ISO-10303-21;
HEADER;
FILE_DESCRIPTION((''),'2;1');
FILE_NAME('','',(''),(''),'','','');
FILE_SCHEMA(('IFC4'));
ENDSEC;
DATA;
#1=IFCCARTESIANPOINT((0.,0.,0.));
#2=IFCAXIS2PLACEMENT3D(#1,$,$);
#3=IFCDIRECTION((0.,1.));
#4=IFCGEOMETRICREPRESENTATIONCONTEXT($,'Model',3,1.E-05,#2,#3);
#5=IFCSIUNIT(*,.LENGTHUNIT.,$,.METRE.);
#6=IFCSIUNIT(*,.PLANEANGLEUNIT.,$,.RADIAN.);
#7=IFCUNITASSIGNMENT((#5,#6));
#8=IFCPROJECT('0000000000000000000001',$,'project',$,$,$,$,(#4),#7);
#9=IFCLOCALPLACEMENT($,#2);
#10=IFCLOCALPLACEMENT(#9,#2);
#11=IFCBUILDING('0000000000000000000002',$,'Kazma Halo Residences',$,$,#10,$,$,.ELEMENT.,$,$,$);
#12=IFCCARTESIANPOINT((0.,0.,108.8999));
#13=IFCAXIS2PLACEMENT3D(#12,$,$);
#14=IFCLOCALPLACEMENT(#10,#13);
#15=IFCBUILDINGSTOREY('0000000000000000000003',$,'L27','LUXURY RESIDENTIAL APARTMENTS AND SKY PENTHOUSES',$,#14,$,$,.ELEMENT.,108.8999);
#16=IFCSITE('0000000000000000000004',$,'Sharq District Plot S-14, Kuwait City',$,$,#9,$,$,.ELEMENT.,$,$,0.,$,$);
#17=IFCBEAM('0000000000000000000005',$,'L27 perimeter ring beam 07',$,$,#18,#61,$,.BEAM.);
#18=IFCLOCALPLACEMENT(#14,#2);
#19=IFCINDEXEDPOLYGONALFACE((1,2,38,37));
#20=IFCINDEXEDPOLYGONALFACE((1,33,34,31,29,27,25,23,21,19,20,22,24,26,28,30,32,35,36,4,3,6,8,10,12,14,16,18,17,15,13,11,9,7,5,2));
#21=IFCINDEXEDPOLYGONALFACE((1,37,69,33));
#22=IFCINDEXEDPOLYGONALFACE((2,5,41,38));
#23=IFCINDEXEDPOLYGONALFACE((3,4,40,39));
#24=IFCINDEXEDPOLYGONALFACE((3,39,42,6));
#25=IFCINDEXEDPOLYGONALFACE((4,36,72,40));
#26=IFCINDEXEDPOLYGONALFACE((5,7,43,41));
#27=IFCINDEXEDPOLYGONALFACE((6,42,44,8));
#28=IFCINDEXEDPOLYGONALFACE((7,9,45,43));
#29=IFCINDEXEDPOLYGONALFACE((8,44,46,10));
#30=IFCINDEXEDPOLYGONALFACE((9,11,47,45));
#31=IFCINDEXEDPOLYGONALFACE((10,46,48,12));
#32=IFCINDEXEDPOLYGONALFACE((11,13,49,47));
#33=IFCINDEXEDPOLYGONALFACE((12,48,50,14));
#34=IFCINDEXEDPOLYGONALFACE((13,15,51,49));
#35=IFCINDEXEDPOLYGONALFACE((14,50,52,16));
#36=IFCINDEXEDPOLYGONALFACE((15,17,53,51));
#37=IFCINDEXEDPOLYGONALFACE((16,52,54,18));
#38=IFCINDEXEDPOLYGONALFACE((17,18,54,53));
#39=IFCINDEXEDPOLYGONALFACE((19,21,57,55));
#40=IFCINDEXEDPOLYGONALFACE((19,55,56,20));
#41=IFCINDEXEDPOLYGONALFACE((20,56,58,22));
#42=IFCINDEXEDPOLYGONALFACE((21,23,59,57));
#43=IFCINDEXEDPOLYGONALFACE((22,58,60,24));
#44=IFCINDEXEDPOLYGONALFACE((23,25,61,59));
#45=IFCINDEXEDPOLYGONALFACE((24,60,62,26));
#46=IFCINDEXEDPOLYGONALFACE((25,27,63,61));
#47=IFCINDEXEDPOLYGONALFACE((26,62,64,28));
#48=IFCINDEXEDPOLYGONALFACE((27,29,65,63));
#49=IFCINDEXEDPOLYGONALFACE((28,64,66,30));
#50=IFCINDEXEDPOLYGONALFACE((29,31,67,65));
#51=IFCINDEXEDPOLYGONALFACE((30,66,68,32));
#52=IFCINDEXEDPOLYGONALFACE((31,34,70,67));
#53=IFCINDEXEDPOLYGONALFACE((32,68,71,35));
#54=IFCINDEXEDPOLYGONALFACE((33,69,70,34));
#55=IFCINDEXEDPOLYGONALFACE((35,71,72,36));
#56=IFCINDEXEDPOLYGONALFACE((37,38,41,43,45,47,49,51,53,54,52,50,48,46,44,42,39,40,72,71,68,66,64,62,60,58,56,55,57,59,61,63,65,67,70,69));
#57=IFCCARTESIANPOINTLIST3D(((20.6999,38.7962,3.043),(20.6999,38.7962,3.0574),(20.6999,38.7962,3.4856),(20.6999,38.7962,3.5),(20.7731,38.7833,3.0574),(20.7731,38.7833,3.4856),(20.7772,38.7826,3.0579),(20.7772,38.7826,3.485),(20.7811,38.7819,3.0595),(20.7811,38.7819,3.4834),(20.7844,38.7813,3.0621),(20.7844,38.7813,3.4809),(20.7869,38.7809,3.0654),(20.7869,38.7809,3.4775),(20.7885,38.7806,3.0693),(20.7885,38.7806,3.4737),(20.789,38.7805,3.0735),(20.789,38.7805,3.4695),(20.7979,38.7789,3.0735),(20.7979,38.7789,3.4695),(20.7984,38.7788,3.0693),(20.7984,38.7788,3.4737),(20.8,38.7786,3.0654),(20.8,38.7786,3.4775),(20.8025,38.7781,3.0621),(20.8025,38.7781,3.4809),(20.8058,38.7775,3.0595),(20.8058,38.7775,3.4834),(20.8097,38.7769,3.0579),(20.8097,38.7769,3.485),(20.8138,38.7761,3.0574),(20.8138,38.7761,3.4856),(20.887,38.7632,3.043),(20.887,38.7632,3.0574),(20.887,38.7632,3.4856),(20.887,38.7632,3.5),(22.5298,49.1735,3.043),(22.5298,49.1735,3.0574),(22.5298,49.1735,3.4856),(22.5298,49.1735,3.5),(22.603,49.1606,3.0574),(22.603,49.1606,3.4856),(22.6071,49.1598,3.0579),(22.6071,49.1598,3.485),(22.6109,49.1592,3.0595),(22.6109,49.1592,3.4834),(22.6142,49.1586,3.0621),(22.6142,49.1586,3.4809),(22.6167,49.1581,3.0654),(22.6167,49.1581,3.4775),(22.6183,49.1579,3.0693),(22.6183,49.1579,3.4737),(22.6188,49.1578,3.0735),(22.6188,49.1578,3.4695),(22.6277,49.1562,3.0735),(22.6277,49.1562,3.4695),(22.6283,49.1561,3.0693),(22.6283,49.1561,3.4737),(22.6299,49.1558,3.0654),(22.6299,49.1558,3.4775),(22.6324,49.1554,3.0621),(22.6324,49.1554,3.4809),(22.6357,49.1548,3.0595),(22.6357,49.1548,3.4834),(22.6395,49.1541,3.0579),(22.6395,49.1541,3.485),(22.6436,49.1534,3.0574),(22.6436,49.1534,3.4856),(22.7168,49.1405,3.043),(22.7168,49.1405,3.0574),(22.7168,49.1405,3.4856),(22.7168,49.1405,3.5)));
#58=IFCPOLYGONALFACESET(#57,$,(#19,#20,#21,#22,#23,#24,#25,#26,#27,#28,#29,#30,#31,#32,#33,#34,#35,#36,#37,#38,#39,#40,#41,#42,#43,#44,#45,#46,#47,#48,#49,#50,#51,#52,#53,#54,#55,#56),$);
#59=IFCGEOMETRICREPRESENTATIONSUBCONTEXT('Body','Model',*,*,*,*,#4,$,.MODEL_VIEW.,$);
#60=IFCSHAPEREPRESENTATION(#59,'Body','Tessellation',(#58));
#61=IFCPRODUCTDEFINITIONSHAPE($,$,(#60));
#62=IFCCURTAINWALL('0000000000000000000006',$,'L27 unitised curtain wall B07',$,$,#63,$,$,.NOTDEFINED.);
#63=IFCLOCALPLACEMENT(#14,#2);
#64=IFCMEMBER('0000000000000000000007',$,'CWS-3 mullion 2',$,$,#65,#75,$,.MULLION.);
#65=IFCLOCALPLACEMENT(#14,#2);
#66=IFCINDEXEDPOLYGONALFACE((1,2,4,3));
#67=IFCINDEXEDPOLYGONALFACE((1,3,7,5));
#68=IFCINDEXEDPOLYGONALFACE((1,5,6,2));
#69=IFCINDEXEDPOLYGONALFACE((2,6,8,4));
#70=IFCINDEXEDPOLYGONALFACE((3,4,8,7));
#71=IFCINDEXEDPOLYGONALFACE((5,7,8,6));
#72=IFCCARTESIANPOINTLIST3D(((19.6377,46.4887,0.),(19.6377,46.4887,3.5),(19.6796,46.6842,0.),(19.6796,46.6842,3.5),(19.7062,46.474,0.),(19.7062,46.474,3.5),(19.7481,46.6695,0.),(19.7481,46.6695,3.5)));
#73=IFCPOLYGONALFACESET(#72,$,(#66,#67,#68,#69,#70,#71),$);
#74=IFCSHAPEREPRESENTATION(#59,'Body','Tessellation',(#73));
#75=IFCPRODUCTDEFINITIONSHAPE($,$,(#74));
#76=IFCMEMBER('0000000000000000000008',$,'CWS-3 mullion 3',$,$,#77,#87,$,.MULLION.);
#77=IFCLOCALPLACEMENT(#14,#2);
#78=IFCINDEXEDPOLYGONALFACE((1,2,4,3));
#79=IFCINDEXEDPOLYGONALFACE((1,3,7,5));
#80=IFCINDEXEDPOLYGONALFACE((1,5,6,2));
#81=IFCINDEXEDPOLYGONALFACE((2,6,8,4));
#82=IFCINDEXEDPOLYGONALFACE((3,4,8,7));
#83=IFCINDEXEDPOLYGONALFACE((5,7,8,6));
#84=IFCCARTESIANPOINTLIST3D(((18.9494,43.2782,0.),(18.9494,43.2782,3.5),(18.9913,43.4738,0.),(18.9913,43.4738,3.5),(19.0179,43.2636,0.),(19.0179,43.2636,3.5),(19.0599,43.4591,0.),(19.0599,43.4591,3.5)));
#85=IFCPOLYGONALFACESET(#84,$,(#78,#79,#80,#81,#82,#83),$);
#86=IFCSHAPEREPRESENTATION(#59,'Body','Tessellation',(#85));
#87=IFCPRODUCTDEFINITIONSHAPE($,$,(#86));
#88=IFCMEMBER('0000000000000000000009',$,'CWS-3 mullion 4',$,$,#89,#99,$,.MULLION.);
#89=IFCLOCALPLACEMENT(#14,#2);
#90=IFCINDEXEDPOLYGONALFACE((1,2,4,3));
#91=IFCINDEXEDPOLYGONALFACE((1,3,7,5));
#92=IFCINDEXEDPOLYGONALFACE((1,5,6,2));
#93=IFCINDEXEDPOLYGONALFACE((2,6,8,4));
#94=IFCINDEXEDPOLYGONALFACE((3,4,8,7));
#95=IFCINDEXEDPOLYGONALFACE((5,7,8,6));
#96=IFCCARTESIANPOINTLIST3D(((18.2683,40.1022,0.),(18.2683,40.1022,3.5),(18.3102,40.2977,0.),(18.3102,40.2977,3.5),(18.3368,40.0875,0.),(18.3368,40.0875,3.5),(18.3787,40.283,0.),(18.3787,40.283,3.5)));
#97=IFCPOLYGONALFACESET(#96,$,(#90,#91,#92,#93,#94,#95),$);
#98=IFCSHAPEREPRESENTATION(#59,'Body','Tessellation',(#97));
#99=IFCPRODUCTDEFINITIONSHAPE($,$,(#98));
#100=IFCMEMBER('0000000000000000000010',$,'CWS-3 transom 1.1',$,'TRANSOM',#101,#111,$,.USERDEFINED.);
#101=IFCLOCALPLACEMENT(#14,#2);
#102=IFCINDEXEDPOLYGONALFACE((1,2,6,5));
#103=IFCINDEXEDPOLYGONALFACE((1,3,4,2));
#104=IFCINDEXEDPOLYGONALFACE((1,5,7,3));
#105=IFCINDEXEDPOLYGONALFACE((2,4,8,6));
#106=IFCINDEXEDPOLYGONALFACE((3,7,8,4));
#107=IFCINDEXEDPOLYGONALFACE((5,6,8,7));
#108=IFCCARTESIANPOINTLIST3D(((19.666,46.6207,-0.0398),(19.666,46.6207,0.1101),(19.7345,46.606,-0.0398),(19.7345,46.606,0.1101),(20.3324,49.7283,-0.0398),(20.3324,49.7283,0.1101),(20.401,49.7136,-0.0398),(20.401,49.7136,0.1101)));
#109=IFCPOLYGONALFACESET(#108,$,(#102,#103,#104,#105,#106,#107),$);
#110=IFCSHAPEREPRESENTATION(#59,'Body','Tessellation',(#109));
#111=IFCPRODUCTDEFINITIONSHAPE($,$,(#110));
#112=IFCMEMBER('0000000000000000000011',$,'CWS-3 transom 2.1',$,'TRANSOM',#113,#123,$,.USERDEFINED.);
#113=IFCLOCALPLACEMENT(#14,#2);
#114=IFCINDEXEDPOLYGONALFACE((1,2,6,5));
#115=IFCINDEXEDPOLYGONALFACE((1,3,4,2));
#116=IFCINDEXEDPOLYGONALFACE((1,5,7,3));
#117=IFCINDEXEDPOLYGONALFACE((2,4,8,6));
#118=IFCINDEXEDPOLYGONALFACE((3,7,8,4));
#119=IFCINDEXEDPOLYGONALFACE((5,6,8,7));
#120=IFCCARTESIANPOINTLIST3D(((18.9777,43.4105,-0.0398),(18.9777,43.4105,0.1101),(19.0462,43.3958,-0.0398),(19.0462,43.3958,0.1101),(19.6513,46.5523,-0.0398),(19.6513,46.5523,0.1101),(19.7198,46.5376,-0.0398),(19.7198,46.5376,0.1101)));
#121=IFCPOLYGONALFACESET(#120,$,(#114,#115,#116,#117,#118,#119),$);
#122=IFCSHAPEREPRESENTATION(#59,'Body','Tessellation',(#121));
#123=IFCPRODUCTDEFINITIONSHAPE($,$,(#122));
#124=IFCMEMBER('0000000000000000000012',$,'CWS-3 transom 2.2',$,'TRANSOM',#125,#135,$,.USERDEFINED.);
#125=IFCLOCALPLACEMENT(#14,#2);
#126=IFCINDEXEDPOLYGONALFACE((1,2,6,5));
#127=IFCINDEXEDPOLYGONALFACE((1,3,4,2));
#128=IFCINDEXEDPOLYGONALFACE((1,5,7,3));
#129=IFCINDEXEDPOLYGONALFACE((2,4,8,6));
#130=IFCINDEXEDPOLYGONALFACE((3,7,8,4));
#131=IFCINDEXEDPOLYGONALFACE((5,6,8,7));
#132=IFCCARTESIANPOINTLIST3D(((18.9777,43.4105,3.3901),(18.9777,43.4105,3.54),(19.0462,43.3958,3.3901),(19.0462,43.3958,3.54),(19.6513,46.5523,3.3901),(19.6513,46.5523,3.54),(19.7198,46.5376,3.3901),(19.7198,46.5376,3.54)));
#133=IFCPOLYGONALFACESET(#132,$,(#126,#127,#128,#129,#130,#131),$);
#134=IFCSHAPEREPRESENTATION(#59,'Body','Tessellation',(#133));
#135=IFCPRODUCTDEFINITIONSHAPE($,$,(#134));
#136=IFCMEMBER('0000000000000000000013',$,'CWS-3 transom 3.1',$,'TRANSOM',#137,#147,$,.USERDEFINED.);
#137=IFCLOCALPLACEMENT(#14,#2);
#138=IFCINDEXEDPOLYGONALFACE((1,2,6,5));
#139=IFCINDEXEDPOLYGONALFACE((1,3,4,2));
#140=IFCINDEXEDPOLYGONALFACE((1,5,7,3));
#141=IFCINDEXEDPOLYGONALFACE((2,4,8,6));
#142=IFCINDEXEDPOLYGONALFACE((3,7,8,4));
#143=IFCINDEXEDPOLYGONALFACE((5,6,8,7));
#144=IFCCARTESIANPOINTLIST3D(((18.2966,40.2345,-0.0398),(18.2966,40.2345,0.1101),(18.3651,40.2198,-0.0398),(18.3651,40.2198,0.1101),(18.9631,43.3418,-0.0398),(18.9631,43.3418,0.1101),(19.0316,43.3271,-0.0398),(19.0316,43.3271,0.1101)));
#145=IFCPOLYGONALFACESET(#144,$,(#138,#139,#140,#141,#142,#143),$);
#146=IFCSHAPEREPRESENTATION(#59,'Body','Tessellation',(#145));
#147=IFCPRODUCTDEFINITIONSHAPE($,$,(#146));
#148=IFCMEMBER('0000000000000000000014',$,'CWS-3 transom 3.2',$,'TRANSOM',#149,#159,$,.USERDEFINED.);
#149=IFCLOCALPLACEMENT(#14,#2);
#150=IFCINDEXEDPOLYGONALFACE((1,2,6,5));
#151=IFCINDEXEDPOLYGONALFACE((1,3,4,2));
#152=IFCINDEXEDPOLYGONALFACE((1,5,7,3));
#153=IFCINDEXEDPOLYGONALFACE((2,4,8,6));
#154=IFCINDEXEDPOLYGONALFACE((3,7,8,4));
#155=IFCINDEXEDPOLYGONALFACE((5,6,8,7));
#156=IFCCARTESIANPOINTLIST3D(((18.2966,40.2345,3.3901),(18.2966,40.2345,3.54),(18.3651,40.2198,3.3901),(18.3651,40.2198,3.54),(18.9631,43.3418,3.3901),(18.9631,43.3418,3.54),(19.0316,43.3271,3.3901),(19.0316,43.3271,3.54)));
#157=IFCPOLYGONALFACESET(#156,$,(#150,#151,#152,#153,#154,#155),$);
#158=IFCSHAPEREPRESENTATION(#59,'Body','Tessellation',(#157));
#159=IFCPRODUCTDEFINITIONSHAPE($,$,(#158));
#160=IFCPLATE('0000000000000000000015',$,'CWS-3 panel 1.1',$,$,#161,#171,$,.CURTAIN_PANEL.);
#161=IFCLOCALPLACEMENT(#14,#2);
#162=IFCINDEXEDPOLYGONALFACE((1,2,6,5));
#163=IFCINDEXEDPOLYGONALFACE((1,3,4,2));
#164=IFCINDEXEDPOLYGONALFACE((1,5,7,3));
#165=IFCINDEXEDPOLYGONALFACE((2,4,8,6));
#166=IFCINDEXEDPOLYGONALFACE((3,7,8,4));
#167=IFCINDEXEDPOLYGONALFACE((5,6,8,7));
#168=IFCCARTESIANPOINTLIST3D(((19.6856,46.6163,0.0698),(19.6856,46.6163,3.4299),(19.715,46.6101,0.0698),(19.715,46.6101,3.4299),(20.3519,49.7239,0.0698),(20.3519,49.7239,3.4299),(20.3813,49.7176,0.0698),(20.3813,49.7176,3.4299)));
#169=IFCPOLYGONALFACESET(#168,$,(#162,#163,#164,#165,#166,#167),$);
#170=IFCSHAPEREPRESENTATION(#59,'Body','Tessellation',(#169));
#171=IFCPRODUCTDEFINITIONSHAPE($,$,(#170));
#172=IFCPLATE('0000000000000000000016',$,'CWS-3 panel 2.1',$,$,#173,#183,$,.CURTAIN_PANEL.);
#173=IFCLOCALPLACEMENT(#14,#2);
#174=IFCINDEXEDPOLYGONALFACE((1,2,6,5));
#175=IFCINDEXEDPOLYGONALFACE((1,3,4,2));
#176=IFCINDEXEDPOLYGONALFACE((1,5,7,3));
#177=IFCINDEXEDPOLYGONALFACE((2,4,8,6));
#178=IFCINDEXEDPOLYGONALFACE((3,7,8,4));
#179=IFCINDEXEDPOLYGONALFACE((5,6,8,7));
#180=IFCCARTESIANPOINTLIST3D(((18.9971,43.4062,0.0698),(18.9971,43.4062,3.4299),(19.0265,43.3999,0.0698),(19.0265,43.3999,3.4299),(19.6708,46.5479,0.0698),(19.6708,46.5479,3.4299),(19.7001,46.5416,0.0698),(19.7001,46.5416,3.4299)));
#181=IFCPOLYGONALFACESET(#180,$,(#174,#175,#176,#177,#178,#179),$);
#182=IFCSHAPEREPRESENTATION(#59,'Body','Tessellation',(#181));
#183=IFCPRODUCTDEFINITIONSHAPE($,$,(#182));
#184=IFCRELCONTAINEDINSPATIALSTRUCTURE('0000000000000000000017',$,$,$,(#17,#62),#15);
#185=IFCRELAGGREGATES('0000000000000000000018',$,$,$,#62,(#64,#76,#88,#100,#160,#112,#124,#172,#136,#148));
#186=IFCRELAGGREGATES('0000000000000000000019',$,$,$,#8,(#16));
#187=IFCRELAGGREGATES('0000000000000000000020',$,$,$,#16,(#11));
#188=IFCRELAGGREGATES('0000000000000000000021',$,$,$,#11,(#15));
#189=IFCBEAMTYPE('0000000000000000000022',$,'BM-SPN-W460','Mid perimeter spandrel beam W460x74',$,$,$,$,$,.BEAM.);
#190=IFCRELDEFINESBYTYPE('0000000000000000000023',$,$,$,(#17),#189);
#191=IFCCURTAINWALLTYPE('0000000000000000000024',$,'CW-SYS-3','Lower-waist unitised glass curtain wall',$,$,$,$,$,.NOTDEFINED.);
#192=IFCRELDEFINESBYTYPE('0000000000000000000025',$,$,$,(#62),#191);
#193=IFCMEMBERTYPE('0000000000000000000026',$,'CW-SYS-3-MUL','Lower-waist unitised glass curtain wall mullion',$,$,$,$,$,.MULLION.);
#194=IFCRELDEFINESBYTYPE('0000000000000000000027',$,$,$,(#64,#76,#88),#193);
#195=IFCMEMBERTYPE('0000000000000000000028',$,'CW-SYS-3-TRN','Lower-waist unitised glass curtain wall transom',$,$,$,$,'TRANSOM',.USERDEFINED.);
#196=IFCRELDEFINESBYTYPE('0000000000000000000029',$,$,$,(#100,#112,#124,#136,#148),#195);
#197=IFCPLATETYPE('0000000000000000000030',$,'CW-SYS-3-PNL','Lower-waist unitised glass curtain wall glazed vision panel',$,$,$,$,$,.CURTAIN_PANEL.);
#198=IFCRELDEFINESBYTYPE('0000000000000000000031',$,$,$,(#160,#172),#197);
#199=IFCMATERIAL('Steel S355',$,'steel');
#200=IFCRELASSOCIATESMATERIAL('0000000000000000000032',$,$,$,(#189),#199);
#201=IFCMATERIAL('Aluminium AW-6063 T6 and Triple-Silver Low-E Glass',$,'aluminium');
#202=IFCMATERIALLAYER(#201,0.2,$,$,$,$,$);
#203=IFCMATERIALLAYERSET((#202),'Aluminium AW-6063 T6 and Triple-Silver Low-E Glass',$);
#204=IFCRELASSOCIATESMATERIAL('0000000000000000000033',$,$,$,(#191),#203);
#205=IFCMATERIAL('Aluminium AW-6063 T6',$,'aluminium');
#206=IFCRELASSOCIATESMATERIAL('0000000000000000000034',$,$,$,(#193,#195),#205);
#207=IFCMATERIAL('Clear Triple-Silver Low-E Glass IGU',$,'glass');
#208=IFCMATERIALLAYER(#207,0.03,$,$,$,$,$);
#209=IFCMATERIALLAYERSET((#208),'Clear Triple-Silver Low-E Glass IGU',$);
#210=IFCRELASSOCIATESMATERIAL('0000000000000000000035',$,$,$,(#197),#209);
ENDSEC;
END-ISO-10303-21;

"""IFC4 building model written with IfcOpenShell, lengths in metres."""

from ifc_helpers import new_model, si_unit, direction, frame, origin, origin_2d, place, context, subcontext, project, spatial, rectangle, i_section, extrude, material, layer, layer_set, material_profile, profile_set, type_object, element, aggregate, save


model = new_model("IFC4")

# Units and contexts
model_context = context("Model", 3, precision=1e-05, world=origin(), true_north=direction((0.0, 1.0)))
body_context = subcontext(model_context, "Body", "Model", "MODEL_VIEW")
ifc_project = project(units=[si_unit("LENGTHUNIT", "METRE"), si_unit("PLANEANGLEUNIT", "RADIAN")], contexts=[model_context])

# Site, building, storey
site_placement = place(None, origin())
site = spatial("IfcSite", under=ifc_project, at=site_placement, Name="Sharq District Plot S-14, Kuwait City", CompositionType="ELEMENT", RefElevation=0.0)
building_placement = place(site_placement, origin())
building = spatial("IfcBuilding", under=site, at=building_placement, Name="Kazma Halo Residences", CompositionType="ELEMENT")
storey_placement = place(building_placement, frame((0.0, 0.0, 108.8999)))
storey = spatial("IfcBuildingStorey", under=building, at=storey_placement, Name="L27", Description="LUXURY RESIDENTIAL APARTMENTS AND SKY PENTHOUSES", CompositionType="ELEMENT", Elevation=108.8999)

# Beam
ifc_material_1 = material(Name="Steel S355", Category="steel")
ifc_material_profile_1 = material_profile(ifc_material_1, i_section(OverallWidth=0.1899, OverallDepth=0.457, WebThickness=0.009, FlangeThickness=0.0144, FilletRadius=0.0161, at=origin_2d()), Name="W460x74")
ifc_profile_set_1 = profile_set([ifc_material_profile_1], Name="Steel S355")
beam_type_1 = type_object("IfcBeamType", Name="BM-SPN-W460", Description="Mid perimeter spandrel beam W460x74", PredefinedType="BEAM", material=ifc_profile_set_1)
beam_1_placement = place(storey_placement, frame((22.6233, 49.157, 3.2715), z_axis=(-0.173653, -0.984807, 0.0), x_axis=(0.984807, -0.173653, 0.0)))
element("IfcBeam", 1, at=beam_1_placement, inside=storey, type_object=beam_type_1, Name="L27 perimeter ring beam 07", PredefinedType="BEAM", context=body_context, shape_type="SweptSolid", body=[
    extrude(i_section(OverallWidth=0.1899, OverallDepth=0.457, WebThickness=0.009, FlangeThickness=0.0144, FilletRadius=0.0161, at=origin_2d()), origin(), (0.0, 0.0, 1.0), 10.5374),
])

# Curtain wall, members, plates
ifc_material_2 = material(Name="Aluminium AW-6063 T6 and Triple-Silver Low-E Glass", Category="aluminium")
ifc_layer_1 = layer(ifc_material_2, 0.2)
ifc_layer_set_1 = layer_set([ifc_layer_1], Name="Aluminium AW-6063 T6 and Triple-Silver Low-E Glass")
curtain_wall_type = type_object("IfcCurtainWallType", Name="CW-SYS-3", Description="Lower-waist unitised glass curtain wall", PredefinedType="NOTDEFINED", material=ifc_layer_set_1)
curtain_wall_placement = place(storey_placement, origin())
curtain_wall = element("IfcCurtainWall", 2, at=curtain_wall_placement, inside=storey, type_object=curtain_wall_type, Name="L27 unitised curtain wall B07", PredefinedType="NOTDEFINED")
ifc_material_3 = material(Name="Aluminium AW-6063 T6", Category="aluminium")
ifc_material_profile_2 = material_profile(ifc_material_3, rectangle(XDim=0.0701, YDim=0.2, at=origin_2d()), Name="CWM-70x200")
ifc_profile_set_2 = profile_set([ifc_material_profile_2], Name="Aluminium AW-6063 T6")
member_type_1 = type_object("IfcMemberType", Name="CW-SYS-3-MUL", Description="Lower-waist unitised glass curtain wall mullion", PredefinedType="MULLION", material=ifc_profile_set_2)
member_1_placement = place(storey_placement, frame((19.6929, 46.5791, 0.0), z_axis=(0.0, 0.0, 1.0), x_axis=(0.977774, -0.209661, 0.0)))
member_1 = element("IfcMember", 3, at=member_1_placement, type_object=member_type_1, Name="CWS-3 mullion 2", PredefinedType="MULLION", context=body_context, shape_type="SweptSolid", body=[
    extrude(rectangle(XDim=0.0701, YDim=0.2, at=origin_2d()), origin(), (0.0, 0.0, 1.0), 3.5),
])
member_2_placement = place(storey_placement, frame((19.0046, 43.3687, 0.0), z_axis=(0.0, 0.0, 1.0), x_axis=(0.977774, -0.209661, 0.0)))
member_2 = element("IfcMember", 4, at=member_2_placement, type_object=member_type_1, Name="CWS-3 mullion 3", PredefinedType="MULLION", context=body_context, shape_type="SweptSolid", body=[
    extrude(rectangle(XDim=0.0701, YDim=0.2, at=origin_2d()), origin(), (0.0, 0.0, 1.0), 3.5),
])
member_3_placement = place(storey_placement, frame((18.3235, 40.1926, 0.0), z_axis=(0.0, 0.0, 1.0), x_axis=(0.977774, -0.209661, 0.0)))
member_3 = element("IfcMember", 5, at=member_3_placement, type_object=member_type_1, Name="CWS-3 mullion 4", PredefinedType="MULLION", context=body_context, shape_type="SweptSolid", body=[
    extrude(rectangle(XDim=0.0701, YDim=0.2, at=origin_2d()), origin(), (0.0, 0.0, 1.0), 3.5),
])
ifc_material_profile_3 = material_profile(ifc_material_3, rectangle(XDim=0.0701, YDim=0.1499, at=origin_2d()), Name="CWT-70x150")
ifc_profile_set_3 = profile_set([ifc_material_profile_3], Name="Aluminium AW-6063 T6")
member_type_2 = type_object("IfcMemberType", Name="CW-SYS-3-TRN", Description="Lower-waist unitised glass curtain wall transom", ElementType="TRANSOM", PredefinedType="USERDEFINED", material=ifc_profile_set_3)
member_4_placement = place(storey_placement, frame((20.3667, 49.7209, 0.0352), z_axis=(-0.209702, -0.977765, 0.0), x_axis=(0.977765, -0.209702, 0.0)))
member_4 = element("IfcMember", 6, at=member_4_placement, type_object=member_type_2, Name="CWS-3 transom 1.1", ObjectType="TRANSOM", PredefinedType="USERDEFINED", context=body_context, shape_type="SweptSolid", body=[
    extrude(rectangle(XDim=0.0701, YDim=0.1499, at=origin_2d()), origin(), (0.0, 0.0, 1.0), 3.1782),
])
member_5_placement = place(storey_placement, frame((19.6855, 46.5449, 0.0352), z_axis=(-0.209628, -0.977781, 0.0), x_axis=(0.977781, -0.209628, 0.0)))
member_5 = element("IfcMember", 7, at=member_5_placement, type_object=member_type_2, Name="CWS-3 transom 2.1", ObjectType="TRANSOM", PredefinedType="USERDEFINED", context=body_context, shape_type="SweptSolid", body=[
    extrude(rectangle(XDim=0.0701, YDim=0.1499, at=origin_2d()), origin(), (0.0, 0.0, 1.0), 3.2131),
])
member_6_placement = place(storey_placement, frame((19.6855, 46.5449, 3.4651), z_axis=(-0.209628, -0.977781, 0.0), x_axis=(0.977781, -0.209628, 0.0)))
member_6 = element("IfcMember", 8, at=member_6_placement, type_object=member_type_2, Name="CWS-3 transom 2.2", ObjectType="TRANSOM", PredefinedType="USERDEFINED", context=body_context, shape_type="SweptSolid", body=[
    extrude(rectangle(XDim=0.0701, YDim=0.1499, at=origin_2d()), origin(), (0.0, 0.0, 1.0), 3.2131),
])
member_7_placement = place(storey_placement, frame((18.9973, 43.3345, 0.0352), z_axis=(-0.209718, -0.977762, 0.0), x_axis=(0.977762, -0.209718, 0.0)))
member_7 = element("IfcMember", 9, at=member_7_placement, type_object=member_type_2, Name="CWS-3 transom 3.1", ObjectType="TRANSOM", PredefinedType="USERDEFINED", context=body_context, shape_type="SweptSolid", body=[
    extrude(rectangle(XDim=0.0701, YDim=0.1499, at=origin_2d()), origin(), (0.0, 0.0, 1.0), 3.178),
])
member_8_placement = place(storey_placement, frame((18.9973, 43.3345, 3.4651), z_axis=(-0.209718, -0.977762, 0.0), x_axis=(0.977762, -0.209718, 0.0)))
member_8 = element("IfcMember", 10, at=member_8_placement, type_object=member_type_2, Name="CWS-3 transom 3.2", ObjectType="TRANSOM", PredefinedType="USERDEFINED", context=body_context, shape_type="SweptSolid", body=[
    extrude(rectangle(XDim=0.0701, YDim=0.1499, at=origin_2d()), origin(), (0.0, 0.0, 1.0), 3.178),
])
ifc_material_4 = material(Name="Clear Triple-Silver Low-E Glass IGU", Category="glass")
ifc_layer_2 = layer(ifc_material_4, 0.03)
ifc_layer_set_2 = layer_set([ifc_layer_2], Name="Clear Triple-Silver Low-E Glass IGU")
plate_type = type_object("IfcPlateType", Name="CW-SYS-3-PNL", Description="Lower-waist unitised glass curtain wall glazed vision panel", PredefinedType="CURTAIN_PANEL", material=ifc_layer_set_2)
plate_1_placement = place(storey_placement, frame((20.0334, 48.167, 0.0698), z_axis=(0.0, 0.0, 1.0), x_axis=(-0.209661, -0.977774, 0.0)))
plate_1 = element("IfcPlate", 11, at=plate_1_placement, type_object=plate_type, Name="CWS-3 panel 1.1", PredefinedType="CURTAIN_PANEL", context=body_context, shape_type="SweptSolid", body=[
    extrude(rectangle(XDim=3.1782, YDim=0.03, at=origin_2d()), origin(), (0.0, 0.0, 1.0), 3.3601),
])
plate_2_placement = place(storey_placement, frame((19.3486, 44.9739, 0.0698), z_axis=(0.0, 0.0, 1.0), x_axis=(-0.209661, -0.977774, 0.0)))
plate_2 = element("IfcPlate", 12, at=plate_2_placement, type_object=plate_type, Name="CWS-3 panel 2.1", PredefinedType="CURTAIN_PANEL", context=body_context, shape_type="SweptSolid", body=[
    extrude(rectangle(XDim=3.2131, YDim=0.03, at=origin_2d()), origin(), (0.0, 0.0, 1.0), 3.3601),
])
aggregate(curtain_wall, [member_1, member_2, member_3, member_4, plate_1, member_5, member_6, plate_2, member_7, member_8])

save(model, "model.ifc")
